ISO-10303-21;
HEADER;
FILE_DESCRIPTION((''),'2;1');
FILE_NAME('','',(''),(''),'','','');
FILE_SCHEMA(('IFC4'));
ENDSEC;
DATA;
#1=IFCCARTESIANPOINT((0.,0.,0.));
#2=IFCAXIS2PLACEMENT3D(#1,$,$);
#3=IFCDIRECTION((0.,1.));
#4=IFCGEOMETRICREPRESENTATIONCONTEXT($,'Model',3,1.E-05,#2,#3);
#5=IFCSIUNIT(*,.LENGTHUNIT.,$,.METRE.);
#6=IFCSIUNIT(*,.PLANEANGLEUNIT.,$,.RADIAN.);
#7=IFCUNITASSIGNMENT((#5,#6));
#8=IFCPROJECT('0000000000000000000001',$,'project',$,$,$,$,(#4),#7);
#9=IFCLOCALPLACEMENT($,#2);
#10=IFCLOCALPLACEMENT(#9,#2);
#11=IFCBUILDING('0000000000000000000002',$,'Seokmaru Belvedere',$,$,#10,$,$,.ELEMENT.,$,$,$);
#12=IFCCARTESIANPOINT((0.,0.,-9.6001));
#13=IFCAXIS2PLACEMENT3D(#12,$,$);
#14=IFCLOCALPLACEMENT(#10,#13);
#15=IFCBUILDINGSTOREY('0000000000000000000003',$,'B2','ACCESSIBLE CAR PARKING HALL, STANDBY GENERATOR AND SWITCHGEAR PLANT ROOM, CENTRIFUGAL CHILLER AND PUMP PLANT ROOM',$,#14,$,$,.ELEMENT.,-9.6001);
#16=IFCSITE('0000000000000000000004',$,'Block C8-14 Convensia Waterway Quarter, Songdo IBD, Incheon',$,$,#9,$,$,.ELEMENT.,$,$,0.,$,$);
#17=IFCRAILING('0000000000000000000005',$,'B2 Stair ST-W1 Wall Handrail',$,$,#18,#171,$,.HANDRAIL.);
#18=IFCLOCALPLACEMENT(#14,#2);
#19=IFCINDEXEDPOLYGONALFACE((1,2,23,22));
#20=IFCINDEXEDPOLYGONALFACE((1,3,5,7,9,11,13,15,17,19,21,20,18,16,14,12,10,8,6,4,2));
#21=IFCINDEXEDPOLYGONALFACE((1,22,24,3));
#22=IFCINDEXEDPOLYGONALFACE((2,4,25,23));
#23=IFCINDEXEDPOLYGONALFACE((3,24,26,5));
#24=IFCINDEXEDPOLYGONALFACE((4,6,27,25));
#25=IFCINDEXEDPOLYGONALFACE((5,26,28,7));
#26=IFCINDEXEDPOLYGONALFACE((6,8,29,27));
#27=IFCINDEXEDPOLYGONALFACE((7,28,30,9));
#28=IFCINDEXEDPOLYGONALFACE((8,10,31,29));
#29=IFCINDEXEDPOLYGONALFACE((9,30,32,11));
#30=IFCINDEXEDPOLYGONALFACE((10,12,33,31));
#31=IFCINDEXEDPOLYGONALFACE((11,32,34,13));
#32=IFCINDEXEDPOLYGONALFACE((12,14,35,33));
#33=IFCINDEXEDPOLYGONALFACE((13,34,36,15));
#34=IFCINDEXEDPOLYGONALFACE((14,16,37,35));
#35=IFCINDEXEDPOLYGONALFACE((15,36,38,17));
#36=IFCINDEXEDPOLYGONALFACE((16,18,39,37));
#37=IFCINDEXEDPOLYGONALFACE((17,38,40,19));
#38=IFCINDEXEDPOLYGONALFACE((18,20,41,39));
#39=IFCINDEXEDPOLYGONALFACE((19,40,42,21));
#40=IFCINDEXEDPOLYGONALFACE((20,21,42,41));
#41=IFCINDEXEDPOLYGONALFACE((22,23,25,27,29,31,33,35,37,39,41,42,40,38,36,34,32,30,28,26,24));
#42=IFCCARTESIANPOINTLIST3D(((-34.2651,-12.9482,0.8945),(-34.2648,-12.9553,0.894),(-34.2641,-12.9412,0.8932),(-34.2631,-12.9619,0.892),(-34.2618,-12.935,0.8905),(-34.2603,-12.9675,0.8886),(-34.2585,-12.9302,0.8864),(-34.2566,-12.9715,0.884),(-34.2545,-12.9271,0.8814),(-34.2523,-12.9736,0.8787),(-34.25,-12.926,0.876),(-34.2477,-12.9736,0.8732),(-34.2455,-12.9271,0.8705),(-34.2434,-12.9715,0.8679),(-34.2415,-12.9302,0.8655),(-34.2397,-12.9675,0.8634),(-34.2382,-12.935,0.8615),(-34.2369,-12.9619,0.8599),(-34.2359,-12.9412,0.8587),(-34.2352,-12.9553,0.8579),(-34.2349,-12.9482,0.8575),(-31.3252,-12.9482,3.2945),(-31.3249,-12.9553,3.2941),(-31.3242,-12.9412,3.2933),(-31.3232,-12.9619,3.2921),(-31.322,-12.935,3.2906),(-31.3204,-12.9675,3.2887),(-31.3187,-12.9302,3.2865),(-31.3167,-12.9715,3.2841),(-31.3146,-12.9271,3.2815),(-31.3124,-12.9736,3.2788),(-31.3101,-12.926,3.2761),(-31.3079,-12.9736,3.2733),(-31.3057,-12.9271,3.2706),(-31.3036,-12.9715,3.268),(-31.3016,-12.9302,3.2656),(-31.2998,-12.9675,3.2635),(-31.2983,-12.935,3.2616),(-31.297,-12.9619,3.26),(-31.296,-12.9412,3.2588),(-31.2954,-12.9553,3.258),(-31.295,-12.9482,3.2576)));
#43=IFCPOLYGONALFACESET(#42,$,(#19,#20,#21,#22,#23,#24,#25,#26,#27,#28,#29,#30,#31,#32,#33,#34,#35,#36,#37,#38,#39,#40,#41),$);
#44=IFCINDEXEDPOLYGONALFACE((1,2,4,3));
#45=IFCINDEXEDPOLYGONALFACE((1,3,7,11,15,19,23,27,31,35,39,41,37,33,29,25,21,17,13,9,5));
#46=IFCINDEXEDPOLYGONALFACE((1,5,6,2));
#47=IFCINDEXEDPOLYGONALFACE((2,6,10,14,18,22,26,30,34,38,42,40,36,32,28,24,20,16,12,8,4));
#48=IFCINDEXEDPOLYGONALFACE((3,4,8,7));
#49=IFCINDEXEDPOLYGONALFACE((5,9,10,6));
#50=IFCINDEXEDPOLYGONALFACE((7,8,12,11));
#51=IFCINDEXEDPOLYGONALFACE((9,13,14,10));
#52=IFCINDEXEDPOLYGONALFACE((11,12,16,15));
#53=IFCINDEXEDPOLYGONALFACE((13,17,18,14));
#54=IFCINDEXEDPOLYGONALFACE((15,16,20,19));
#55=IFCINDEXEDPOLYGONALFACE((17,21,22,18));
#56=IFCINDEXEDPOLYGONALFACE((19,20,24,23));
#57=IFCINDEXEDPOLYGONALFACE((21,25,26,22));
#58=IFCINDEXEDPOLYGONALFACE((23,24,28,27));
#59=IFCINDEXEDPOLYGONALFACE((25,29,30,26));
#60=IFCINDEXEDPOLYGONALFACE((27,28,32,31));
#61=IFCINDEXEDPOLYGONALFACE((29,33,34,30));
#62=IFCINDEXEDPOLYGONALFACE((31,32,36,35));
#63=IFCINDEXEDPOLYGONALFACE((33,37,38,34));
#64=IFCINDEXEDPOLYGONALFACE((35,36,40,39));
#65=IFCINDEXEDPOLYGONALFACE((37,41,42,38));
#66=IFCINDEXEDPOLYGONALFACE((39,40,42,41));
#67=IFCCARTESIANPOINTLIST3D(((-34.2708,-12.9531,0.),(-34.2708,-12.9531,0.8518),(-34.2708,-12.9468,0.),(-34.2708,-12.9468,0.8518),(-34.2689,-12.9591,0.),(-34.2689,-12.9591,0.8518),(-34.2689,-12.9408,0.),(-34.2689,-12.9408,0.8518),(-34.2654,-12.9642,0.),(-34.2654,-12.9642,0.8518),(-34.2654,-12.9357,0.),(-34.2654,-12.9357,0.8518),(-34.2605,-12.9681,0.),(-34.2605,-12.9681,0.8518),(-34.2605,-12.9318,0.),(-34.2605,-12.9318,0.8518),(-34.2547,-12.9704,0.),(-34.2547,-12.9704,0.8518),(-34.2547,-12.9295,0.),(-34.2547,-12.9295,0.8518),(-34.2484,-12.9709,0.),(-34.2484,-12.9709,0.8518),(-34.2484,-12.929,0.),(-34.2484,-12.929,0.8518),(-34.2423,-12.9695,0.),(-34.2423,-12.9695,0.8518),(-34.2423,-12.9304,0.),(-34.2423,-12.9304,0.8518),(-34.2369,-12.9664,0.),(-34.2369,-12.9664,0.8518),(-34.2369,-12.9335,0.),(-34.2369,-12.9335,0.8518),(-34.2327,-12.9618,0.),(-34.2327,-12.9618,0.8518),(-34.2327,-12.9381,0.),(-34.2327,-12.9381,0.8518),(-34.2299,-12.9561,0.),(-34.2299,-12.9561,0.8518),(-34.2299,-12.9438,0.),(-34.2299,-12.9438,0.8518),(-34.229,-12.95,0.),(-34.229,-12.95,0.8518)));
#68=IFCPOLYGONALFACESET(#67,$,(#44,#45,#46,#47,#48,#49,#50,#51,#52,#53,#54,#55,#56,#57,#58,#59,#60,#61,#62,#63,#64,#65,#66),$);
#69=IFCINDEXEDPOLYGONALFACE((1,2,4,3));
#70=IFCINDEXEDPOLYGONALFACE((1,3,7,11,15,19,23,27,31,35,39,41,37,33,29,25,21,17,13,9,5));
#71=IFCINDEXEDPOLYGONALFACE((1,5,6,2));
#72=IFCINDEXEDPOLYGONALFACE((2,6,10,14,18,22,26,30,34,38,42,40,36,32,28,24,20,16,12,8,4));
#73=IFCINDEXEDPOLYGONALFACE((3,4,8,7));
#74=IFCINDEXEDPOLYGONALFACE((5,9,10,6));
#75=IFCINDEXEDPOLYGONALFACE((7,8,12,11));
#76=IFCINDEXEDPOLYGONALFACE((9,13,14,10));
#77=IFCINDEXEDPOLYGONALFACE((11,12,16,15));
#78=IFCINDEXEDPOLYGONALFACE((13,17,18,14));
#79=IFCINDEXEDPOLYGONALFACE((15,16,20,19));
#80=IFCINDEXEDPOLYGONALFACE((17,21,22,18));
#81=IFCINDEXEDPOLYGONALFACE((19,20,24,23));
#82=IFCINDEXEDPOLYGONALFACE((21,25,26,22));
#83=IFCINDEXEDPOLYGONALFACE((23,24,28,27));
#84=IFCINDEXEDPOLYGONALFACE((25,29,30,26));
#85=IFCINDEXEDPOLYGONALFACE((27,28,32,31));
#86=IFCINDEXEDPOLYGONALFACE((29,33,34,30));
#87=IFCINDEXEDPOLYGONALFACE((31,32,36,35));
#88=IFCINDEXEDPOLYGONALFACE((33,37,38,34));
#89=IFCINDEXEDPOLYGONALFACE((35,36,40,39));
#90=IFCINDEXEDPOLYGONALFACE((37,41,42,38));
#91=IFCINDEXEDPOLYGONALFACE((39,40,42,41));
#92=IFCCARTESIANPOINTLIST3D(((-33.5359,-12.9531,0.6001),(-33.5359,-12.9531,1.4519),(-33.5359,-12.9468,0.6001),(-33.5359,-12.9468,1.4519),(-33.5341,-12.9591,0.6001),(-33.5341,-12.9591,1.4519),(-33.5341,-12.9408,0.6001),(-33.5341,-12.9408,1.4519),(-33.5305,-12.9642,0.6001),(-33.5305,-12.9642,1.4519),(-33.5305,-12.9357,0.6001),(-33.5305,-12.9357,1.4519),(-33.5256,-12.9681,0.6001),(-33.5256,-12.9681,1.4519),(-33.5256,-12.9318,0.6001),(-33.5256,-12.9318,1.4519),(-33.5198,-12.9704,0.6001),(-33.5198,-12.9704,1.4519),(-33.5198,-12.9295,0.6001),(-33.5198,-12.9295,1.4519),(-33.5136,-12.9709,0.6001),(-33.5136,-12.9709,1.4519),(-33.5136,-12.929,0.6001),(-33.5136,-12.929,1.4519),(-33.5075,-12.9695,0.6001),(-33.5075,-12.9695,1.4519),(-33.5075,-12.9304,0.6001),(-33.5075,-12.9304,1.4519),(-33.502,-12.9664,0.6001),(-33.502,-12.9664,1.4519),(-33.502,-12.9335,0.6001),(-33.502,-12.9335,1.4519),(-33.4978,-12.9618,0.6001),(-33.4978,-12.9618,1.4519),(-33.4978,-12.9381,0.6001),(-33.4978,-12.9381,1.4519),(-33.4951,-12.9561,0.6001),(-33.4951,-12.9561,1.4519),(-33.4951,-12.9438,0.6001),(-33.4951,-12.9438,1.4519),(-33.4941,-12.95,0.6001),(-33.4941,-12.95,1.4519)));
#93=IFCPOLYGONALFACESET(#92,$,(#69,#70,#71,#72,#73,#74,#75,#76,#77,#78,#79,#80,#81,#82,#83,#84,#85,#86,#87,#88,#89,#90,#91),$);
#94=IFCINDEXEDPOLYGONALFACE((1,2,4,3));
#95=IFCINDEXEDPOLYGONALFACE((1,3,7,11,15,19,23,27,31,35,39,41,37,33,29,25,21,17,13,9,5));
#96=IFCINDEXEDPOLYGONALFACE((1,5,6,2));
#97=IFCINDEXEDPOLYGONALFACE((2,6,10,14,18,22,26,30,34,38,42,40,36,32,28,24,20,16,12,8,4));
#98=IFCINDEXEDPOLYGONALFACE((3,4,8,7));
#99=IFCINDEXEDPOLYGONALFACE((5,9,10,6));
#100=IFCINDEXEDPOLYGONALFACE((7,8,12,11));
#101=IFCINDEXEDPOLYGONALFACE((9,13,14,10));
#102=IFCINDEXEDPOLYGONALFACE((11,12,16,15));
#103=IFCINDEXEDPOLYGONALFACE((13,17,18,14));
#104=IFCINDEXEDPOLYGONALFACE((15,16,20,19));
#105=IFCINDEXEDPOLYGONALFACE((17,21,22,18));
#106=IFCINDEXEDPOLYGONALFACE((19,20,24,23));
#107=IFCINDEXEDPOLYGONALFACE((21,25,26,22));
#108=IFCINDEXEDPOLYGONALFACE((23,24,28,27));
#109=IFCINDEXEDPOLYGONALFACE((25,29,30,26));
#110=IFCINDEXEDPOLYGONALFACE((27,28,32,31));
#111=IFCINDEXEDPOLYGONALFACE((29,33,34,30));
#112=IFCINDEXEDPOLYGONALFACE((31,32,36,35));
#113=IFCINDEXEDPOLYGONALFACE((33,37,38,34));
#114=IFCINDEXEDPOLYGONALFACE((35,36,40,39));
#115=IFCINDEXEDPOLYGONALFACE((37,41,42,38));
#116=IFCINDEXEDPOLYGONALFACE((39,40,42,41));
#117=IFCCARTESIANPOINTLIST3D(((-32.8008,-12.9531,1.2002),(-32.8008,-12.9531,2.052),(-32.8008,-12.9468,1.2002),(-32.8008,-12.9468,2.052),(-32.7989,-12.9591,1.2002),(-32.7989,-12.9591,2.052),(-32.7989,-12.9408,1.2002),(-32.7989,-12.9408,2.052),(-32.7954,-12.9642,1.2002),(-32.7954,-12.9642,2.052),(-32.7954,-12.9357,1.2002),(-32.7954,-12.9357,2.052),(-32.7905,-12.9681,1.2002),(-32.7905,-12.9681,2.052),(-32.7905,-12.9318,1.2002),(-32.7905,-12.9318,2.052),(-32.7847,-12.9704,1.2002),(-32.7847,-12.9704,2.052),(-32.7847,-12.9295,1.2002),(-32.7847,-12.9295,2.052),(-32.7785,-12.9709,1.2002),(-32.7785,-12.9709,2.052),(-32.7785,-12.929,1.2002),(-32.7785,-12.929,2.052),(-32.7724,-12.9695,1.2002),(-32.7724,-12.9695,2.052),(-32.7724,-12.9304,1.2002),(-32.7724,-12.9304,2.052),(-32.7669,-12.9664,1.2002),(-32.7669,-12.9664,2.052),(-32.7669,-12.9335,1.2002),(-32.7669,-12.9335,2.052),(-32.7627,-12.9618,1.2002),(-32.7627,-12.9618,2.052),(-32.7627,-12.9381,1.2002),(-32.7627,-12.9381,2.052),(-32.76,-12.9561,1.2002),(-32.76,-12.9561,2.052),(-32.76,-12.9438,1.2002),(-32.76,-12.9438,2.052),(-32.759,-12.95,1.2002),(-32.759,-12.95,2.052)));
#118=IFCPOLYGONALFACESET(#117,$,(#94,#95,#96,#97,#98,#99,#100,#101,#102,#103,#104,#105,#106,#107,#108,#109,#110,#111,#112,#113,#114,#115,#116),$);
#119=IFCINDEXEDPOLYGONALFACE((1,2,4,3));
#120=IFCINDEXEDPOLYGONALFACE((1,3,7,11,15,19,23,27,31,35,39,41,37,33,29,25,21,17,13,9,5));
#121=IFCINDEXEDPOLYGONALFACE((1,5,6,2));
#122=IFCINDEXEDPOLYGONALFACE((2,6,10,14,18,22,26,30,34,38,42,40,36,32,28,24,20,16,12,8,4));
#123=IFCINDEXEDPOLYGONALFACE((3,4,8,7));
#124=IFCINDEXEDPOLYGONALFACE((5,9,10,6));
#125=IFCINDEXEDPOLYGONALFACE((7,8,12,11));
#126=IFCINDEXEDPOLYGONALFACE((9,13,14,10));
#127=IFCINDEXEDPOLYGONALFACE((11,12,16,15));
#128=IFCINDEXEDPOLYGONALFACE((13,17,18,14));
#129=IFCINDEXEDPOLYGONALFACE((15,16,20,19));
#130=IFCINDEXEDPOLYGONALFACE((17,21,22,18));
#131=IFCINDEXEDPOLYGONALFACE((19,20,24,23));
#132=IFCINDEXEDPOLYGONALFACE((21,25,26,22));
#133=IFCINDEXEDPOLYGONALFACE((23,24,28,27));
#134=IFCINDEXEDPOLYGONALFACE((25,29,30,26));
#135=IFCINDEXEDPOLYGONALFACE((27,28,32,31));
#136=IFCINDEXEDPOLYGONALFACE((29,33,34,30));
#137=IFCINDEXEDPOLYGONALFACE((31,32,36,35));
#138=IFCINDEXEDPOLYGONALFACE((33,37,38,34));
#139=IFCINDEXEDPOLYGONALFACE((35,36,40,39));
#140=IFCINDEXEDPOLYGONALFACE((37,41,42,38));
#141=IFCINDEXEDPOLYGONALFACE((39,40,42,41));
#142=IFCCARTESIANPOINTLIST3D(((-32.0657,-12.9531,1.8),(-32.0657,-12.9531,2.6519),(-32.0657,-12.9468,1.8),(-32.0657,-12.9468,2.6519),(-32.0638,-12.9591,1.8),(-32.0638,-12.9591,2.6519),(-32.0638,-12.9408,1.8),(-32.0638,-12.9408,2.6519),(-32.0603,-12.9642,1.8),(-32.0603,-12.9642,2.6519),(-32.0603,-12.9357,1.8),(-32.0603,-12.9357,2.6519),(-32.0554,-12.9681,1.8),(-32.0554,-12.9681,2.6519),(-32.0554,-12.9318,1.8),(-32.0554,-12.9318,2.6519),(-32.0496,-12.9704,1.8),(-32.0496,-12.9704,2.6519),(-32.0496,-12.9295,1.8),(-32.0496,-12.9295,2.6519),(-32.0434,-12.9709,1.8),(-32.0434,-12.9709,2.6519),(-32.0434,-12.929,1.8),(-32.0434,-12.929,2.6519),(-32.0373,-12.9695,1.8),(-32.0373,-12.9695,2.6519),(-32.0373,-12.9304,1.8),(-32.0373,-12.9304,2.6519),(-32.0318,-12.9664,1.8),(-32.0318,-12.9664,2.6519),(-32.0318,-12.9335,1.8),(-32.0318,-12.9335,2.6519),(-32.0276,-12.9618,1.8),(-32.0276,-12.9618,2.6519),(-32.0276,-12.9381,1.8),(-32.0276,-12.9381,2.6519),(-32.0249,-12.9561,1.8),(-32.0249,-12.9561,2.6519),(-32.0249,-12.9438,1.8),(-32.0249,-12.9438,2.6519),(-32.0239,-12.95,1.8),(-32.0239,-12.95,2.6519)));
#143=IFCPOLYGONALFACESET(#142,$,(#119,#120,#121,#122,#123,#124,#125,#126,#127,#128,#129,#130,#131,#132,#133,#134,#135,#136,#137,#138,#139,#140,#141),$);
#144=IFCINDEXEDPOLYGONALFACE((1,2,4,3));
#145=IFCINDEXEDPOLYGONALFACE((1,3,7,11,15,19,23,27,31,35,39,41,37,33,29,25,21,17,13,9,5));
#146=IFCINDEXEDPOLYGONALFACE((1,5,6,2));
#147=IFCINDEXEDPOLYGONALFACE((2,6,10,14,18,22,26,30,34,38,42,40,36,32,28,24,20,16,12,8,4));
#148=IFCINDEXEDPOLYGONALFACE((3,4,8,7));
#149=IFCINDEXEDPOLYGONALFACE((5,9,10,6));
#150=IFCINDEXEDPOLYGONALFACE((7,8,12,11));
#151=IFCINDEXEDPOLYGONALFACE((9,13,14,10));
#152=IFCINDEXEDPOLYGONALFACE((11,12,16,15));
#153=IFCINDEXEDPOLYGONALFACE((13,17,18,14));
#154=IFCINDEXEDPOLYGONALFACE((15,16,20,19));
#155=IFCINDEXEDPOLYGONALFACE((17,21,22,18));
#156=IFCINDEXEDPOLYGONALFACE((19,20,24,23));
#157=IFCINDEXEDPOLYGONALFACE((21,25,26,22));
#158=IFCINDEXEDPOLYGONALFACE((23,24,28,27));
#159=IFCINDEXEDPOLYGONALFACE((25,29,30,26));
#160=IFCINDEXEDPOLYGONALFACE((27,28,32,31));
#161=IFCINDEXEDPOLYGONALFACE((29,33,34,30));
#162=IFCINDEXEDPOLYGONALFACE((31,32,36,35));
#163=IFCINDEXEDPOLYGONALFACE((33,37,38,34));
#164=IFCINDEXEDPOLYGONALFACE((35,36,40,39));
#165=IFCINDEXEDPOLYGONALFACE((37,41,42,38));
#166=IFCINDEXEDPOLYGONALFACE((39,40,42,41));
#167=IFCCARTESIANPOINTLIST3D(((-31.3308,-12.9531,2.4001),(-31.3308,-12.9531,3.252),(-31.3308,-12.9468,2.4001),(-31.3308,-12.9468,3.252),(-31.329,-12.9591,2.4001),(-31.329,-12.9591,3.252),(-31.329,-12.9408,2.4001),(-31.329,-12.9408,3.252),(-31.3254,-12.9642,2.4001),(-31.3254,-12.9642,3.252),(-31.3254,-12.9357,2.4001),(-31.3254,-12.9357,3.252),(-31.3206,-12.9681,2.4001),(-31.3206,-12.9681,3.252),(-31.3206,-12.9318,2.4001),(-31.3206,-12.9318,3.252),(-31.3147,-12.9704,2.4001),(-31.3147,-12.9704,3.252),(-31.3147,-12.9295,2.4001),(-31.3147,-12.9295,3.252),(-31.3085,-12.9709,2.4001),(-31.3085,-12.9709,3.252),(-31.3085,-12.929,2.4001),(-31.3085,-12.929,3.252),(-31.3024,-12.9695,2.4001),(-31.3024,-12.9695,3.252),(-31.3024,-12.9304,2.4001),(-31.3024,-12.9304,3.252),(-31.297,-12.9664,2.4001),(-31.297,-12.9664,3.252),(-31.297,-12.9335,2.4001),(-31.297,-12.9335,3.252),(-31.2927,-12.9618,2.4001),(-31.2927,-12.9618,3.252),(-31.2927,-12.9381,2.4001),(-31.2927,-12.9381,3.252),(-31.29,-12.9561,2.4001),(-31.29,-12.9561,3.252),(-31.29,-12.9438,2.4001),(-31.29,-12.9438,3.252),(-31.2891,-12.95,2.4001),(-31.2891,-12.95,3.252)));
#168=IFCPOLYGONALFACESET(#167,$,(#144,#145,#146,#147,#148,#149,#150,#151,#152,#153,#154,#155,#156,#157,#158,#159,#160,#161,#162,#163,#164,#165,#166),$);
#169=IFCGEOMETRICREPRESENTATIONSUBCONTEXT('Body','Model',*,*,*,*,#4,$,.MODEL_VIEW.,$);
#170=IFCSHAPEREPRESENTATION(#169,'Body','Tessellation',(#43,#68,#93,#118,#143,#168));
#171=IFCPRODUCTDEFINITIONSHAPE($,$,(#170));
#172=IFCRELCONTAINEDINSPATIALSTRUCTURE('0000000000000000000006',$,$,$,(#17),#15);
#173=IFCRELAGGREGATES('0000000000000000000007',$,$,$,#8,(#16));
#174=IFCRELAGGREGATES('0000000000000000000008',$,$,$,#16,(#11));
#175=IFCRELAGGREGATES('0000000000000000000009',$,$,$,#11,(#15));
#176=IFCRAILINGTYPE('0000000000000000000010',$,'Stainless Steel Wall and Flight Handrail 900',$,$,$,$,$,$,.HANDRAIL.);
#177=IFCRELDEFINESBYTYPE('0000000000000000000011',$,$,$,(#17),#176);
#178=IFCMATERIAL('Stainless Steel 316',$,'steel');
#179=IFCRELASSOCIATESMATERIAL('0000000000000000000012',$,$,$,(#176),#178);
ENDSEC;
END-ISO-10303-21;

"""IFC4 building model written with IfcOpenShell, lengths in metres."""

from ifc_helpers import new_model, si_unit, direction, frame, origin, origin_2d, place, context, subcontext, project, spatial, circle, extrude, material, type_object, element, save


model = new_model("IFC4")

# Units and contexts
model_context = context("Model", 3, precision=1e-05, world=origin(), true_north=direction((0.0, 1.0)))
body_context = subcontext(model_context, "Body", "Model", "MODEL_VIEW")
ifc_project = project(units=[si_unit("LENGTHUNIT", "METRE"), si_unit("PLANEANGLEUNIT", "RADIAN")], contexts=[model_context])

# Site, building, storey
site_placement = place(None, origin())
site = spatial("IfcSite", under=ifc_project, at=site_placement, Name="Block C8-14 Convensia Waterway Quarter, Songdo IBD, Incheon", CompositionType="ELEMENT", RefElevation=0.0)
building_placement = place(site_placement, origin())
building = spatial("IfcBuilding", under=site, at=building_placement, Name="Seokmaru Belvedere", CompositionType="ELEMENT")
storey_placement = place(building_placement, frame((0.0, 0.0, -9.6001)))
storey = spatial("IfcBuildingStorey", under=building, at=storey_placement, Name="B2", Description="ACCESSIBLE CAR PARKING HALL, STANDBY GENERATOR AND SWITCHGEAR PLANT ROOM, CENTRIFUGAL CHILLER AND PUMP PLANT ROOM", CompositionType="ELEMENT", Elevation=-9.6001)

# Railing
ifc_material_1 = material(Name="Stainless Steel 316", Category="steel")
railing_type_1 = type_object("IfcRailingType", Name="Stainless Steel Wall and Flight Handrail 900", PredefinedType="HANDRAIL", material=ifc_material_1)
railing_1_placement = place(storey_placement, frame((-34.25, -12.95, 0.0)))
element("IfcRailing", 1, at=railing_1_placement, inside=storey, type_object=railing_type_1, Name="B2 Stair ST-W1 Wall Handrail", PredefinedType="HANDRAIL", context=body_context, shape_type="SweptSolid", body=[
    extrude(circle(Radius=0.0239, at=origin_2d()), frame((0.0, 0.0, 0.876), z_axis=(0.774636, 0.0, 0.632407), x_axis=(0.0, 1.0, 0.0)), (0.0, 0.0, 1.0), 3.7952),
    extrude(circle(Radius=0.021, at=origin_2d()), origin(), (0.0, 0.0, 1.0), 0.8518),
    extrude(circle(Radius=0.021, at=origin_2d()), frame((0.7349, 0.0, 0.6001)), (0.0, 0.0, 1.0), 0.8518),
    extrude(circle(Radius=0.021, at=origin_2d()), frame((1.47, 0.0, 1.2002)), (0.0, 0.0, 1.0), 0.8518),
    extrude(circle(Radius=0.021, at=origin_2d()), frame((2.2051, 0.0, 1.8)), (0.0, 0.0, 1.0), 0.8518),
    extrude(circle(Radius=0.021, at=origin_2d()), frame((2.9399, 0.0, 2.4001)), (0.0, 0.0, 1.0), 0.8518),
])

save(model, "model.ifc")
